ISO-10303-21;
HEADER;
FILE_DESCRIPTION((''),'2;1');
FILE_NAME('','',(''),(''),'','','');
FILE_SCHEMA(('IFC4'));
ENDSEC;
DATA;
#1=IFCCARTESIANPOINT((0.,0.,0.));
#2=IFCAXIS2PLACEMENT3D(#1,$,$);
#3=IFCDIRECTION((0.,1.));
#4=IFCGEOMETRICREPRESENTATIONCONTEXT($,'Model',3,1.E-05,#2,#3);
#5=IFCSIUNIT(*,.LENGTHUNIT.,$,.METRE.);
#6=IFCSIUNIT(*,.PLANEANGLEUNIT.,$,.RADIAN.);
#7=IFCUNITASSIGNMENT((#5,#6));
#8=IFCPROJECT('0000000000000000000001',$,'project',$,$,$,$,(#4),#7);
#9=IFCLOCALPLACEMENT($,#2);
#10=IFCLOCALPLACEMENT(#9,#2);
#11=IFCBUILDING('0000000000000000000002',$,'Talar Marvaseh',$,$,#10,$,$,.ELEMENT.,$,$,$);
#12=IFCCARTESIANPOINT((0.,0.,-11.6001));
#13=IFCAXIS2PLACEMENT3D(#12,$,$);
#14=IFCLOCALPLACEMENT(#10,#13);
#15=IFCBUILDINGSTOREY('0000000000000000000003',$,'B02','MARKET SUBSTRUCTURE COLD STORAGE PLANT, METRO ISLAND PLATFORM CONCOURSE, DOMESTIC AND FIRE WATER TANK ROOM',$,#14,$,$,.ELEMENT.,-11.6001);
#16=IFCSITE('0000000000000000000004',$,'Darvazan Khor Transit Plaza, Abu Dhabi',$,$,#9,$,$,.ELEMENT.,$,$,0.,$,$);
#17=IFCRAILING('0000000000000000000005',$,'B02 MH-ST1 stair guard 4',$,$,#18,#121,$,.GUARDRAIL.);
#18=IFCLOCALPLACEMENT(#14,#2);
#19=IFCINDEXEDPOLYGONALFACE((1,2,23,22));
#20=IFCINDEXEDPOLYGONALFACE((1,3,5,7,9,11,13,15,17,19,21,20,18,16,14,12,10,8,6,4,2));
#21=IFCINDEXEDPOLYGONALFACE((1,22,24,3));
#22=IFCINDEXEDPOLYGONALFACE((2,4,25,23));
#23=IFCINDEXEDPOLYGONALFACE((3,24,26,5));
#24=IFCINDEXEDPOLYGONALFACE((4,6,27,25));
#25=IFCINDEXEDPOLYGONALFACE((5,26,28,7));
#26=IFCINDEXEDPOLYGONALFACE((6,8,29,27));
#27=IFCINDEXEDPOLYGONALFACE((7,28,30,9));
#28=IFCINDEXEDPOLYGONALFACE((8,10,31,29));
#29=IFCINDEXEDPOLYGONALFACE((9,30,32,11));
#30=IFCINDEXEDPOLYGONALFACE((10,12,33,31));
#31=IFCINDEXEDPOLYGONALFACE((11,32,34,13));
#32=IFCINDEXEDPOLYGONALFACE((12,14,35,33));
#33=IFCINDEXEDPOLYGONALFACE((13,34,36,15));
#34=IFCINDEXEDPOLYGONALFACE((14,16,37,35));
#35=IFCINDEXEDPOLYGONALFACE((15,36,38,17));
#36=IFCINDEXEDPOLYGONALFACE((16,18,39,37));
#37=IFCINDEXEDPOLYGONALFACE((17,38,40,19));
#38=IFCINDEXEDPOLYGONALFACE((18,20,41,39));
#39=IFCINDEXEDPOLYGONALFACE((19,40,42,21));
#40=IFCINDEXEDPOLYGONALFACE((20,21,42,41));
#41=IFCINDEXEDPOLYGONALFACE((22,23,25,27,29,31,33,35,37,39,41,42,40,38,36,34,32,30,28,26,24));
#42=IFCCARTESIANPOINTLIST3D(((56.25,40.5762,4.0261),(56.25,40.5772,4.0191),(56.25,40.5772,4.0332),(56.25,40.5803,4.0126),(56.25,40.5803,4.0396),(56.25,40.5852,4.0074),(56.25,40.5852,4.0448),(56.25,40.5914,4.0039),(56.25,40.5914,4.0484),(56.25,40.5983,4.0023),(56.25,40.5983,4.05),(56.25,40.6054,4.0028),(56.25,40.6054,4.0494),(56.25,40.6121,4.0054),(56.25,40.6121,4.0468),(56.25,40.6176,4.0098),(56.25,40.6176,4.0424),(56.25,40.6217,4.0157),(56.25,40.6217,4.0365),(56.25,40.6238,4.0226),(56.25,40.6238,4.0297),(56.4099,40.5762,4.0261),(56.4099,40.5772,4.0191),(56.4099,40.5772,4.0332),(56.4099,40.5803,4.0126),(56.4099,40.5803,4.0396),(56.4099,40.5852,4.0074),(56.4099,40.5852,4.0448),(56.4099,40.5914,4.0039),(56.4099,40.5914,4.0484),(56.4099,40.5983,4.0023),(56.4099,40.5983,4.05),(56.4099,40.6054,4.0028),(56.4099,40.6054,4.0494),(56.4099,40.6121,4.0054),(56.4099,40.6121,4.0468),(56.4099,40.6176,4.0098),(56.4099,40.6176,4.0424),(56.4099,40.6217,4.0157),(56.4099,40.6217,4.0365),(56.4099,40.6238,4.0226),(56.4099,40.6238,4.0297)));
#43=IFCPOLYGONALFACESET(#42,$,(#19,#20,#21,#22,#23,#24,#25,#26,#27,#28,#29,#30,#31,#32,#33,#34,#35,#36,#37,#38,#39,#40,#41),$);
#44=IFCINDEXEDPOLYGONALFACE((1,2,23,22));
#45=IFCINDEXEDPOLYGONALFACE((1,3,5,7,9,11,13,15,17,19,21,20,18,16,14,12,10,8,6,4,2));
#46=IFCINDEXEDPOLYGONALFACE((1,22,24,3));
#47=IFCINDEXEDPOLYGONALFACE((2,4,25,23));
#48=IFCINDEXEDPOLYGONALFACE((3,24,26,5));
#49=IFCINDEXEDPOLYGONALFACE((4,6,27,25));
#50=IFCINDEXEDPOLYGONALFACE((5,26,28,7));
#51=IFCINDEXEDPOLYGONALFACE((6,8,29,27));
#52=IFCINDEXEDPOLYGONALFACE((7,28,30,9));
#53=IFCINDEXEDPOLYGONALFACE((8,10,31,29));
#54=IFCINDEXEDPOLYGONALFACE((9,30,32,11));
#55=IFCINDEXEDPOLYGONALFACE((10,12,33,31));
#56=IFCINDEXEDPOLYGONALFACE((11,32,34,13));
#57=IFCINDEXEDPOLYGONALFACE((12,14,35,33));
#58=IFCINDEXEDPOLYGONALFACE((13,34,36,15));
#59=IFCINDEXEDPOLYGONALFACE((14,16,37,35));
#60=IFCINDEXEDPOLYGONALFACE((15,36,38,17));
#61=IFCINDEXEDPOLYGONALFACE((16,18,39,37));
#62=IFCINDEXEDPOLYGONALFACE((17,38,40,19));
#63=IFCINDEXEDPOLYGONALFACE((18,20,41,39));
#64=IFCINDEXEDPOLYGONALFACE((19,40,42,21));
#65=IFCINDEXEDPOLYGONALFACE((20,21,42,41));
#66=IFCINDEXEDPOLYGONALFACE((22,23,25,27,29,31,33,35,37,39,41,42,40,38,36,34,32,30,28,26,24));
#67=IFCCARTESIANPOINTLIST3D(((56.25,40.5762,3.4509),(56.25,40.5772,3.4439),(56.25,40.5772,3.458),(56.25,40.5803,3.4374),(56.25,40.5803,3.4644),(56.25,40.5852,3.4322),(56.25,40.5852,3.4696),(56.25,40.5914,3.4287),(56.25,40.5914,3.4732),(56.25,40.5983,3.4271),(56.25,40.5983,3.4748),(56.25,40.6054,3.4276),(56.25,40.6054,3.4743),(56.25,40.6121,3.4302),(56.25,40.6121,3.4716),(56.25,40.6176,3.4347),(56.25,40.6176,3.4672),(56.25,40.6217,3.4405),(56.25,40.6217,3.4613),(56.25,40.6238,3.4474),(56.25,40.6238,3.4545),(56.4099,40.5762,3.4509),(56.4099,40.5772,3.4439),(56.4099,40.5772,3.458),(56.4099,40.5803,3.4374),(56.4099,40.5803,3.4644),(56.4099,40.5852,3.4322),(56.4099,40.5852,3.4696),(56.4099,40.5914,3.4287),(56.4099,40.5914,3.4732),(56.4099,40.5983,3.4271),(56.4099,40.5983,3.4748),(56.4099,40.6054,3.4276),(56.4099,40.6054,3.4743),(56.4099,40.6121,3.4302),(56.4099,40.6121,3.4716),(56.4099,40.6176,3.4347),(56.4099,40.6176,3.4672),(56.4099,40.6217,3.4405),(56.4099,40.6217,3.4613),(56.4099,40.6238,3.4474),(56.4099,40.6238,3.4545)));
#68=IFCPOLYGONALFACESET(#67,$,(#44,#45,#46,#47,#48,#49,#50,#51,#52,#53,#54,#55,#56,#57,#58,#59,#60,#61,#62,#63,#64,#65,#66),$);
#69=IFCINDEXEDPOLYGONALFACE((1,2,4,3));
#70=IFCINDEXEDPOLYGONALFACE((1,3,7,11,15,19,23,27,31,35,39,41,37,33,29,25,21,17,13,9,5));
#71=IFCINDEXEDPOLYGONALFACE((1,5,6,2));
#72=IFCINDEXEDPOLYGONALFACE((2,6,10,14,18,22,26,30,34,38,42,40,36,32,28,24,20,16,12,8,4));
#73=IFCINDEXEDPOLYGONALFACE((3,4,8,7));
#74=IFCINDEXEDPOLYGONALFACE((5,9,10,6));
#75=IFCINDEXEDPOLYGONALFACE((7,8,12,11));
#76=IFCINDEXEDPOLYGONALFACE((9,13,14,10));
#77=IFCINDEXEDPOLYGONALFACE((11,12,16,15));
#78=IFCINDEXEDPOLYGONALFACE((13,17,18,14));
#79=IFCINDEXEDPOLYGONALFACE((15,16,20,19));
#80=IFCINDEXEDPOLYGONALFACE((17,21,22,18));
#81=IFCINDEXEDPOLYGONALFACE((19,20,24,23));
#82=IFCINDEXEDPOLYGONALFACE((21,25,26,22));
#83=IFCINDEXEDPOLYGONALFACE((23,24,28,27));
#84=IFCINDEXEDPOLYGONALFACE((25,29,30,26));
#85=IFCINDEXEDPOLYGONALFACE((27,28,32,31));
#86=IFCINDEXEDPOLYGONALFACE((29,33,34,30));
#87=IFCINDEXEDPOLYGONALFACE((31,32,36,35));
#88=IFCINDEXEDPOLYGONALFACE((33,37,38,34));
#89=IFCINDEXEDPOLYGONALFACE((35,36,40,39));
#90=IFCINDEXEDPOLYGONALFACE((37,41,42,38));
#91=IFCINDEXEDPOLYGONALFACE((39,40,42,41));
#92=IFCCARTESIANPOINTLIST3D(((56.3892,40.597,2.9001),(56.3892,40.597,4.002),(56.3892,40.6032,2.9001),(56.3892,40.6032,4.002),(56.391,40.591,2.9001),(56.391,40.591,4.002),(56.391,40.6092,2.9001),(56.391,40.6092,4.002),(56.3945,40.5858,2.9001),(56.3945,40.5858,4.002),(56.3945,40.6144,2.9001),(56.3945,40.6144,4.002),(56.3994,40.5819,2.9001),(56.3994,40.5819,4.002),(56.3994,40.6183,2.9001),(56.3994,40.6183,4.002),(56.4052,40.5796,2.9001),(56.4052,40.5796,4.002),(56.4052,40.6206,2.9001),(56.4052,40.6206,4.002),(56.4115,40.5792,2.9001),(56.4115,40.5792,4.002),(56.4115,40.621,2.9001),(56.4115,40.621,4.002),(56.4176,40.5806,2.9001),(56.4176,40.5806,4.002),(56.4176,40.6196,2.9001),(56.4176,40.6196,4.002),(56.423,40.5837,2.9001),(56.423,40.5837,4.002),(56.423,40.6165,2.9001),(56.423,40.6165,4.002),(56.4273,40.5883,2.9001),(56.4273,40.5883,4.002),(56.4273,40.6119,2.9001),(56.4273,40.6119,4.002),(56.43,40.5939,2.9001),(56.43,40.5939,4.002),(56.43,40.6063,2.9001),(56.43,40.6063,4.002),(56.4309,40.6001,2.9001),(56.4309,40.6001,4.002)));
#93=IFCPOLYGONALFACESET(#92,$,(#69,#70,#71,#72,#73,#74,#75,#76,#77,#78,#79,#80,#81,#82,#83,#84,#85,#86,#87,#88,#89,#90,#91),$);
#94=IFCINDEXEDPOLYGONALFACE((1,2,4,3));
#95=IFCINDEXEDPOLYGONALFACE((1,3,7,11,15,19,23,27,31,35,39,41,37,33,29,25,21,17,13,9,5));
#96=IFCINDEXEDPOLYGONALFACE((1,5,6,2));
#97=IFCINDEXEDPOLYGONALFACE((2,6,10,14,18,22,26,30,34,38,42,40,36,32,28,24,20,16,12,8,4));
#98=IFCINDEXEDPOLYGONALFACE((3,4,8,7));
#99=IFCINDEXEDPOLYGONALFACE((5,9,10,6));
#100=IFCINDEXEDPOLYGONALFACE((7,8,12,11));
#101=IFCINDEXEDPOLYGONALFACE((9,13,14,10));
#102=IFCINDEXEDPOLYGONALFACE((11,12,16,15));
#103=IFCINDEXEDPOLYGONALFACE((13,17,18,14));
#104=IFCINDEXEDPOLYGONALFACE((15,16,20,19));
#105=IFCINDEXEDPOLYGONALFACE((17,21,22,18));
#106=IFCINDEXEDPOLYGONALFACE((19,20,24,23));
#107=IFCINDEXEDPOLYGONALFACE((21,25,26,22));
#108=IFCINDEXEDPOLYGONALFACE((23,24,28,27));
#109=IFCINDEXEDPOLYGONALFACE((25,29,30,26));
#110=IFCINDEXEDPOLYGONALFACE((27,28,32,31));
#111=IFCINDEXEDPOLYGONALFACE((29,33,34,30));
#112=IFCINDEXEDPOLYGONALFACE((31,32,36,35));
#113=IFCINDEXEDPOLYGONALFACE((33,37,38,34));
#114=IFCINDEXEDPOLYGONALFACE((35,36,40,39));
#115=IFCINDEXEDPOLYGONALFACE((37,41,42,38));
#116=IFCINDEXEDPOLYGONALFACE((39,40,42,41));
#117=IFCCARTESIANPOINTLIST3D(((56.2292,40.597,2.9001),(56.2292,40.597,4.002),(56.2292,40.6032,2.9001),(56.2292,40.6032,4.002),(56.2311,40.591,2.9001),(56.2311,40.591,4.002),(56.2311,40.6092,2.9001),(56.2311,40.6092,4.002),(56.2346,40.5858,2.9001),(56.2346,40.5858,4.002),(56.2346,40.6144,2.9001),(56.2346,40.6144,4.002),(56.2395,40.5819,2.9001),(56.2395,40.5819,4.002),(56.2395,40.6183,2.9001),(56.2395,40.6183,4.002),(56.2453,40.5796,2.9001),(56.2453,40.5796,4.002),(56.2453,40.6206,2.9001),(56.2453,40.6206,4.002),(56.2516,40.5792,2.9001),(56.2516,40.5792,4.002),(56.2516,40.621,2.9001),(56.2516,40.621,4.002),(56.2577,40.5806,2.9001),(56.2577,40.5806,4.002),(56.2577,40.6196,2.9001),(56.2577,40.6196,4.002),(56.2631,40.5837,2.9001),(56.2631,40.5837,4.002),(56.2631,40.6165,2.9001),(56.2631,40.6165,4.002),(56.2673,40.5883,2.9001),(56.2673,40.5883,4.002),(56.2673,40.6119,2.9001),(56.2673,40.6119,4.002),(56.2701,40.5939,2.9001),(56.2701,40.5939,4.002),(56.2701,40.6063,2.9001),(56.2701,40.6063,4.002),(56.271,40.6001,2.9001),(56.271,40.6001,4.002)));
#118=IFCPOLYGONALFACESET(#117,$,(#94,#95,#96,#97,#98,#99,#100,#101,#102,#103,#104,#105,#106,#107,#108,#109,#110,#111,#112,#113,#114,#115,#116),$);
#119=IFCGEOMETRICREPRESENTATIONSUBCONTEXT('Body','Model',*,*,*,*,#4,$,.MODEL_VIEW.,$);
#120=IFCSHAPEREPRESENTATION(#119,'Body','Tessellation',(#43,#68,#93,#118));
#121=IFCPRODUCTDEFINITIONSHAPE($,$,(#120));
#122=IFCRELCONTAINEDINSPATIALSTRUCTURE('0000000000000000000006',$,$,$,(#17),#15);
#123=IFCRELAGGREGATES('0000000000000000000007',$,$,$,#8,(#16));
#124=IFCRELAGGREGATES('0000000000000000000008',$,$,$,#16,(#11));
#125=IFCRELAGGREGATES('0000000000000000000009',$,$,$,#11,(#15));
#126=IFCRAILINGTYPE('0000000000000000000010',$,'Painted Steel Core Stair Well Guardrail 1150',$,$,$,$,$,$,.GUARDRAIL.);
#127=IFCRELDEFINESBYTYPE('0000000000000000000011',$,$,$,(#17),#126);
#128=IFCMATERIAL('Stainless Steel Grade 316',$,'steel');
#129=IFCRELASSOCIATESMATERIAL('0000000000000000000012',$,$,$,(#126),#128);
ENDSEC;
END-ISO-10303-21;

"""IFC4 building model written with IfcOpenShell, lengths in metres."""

from ifc_helpers import new_model, si_unit, direction, frame, origin, origin_2d, place, context, subcontext, project, spatial, circle, extrude, material, type_object, element, save


model = new_model("IFC4")

# Units and contexts
model_context = context("Model", 3, precision=1e-05, world=origin(), true_north=direction((0.0, 1.0)))
body_context = subcontext(model_context, "Body", "Model", "MODEL_VIEW")
ifc_project = project(units=[si_unit("LENGTHUNIT", "METRE"), si_unit("PLANEANGLEUNIT", "RADIAN")], contexts=[model_context])

# Site, building, storey
site_placement = place(None, origin())
site = spatial("IfcSite", under=ifc_project, at=site_placement, Name="Darvazan Khor Transit Plaza, Abu Dhabi", CompositionType="ELEMENT", RefElevation=0.0)
building_placement = place(site_placement, origin())
building = spatial("IfcBuilding", under=site, at=building_placement, Name="Talar Marvaseh", CompositionType="ELEMENT")
storey_placement = place(building_placement, frame((0.0, 0.0, -11.6001)))
storey = spatial("IfcBuildingStorey", under=building, at=storey_placement, Name="B02", Description="MARKET SUBSTRUCTURE COLD STORAGE PLANT, METRO ISLAND PLATFORM CONCOURSE, DOMESTIC AND FIRE WATER TANK ROOM", CompositionType="ELEMENT", Elevation=-11.6001)

# Railing
ifc_material_1 = material(Name="Stainless Steel Grade 316", Category="steel")
railing_type_1 = type_object("IfcRailingType", Name="Painted Steel Core Stair Well Guardrail 1150", PredefinedType="GUARDRAIL", material=ifc_material_1)
railing_1_placement = place(storey_placement, frame((56.4099, 40.6001, 2.9001)))
element("IfcRailing", 1, at=railing_1_placement, inside=storey, type_object=railing_type_1, Name="B02 MH-ST1 stair guard 4", PredefinedType="GUARDRAIL", context=body_context, shape_type="SweptSolid", body=[
    extrude(circle(Radius=0.0239, at=origin_2d()), frame((0.0, 0.0, 1.126), z_axis=(-1.0, 0.0, 0.0), x_axis=(0.0, -1.0, 0.0)), (0.0, 0.0, 1.0), 0.1599),
    extrude(circle(Radius=0.0239, at=origin_2d()), frame((0.0, 0.0, 0.5508), z_axis=(-1.0, 0.0, 0.0), x_axis=(0.0, -1.0, 0.0)), (0.0, 0.0, 1.0), 0.1599),
    extrude(circle(Radius=0.021, at=origin_2d()), origin(), (0.0, 0.0, 1.0), 1.1018),
    extrude(circle(Radius=0.021, at=origin_2d()), frame((-0.1599, 0.0, 0.0)), (0.0, 0.0, 1.0), 1.1018),
])

save(model, "model.ifc")
